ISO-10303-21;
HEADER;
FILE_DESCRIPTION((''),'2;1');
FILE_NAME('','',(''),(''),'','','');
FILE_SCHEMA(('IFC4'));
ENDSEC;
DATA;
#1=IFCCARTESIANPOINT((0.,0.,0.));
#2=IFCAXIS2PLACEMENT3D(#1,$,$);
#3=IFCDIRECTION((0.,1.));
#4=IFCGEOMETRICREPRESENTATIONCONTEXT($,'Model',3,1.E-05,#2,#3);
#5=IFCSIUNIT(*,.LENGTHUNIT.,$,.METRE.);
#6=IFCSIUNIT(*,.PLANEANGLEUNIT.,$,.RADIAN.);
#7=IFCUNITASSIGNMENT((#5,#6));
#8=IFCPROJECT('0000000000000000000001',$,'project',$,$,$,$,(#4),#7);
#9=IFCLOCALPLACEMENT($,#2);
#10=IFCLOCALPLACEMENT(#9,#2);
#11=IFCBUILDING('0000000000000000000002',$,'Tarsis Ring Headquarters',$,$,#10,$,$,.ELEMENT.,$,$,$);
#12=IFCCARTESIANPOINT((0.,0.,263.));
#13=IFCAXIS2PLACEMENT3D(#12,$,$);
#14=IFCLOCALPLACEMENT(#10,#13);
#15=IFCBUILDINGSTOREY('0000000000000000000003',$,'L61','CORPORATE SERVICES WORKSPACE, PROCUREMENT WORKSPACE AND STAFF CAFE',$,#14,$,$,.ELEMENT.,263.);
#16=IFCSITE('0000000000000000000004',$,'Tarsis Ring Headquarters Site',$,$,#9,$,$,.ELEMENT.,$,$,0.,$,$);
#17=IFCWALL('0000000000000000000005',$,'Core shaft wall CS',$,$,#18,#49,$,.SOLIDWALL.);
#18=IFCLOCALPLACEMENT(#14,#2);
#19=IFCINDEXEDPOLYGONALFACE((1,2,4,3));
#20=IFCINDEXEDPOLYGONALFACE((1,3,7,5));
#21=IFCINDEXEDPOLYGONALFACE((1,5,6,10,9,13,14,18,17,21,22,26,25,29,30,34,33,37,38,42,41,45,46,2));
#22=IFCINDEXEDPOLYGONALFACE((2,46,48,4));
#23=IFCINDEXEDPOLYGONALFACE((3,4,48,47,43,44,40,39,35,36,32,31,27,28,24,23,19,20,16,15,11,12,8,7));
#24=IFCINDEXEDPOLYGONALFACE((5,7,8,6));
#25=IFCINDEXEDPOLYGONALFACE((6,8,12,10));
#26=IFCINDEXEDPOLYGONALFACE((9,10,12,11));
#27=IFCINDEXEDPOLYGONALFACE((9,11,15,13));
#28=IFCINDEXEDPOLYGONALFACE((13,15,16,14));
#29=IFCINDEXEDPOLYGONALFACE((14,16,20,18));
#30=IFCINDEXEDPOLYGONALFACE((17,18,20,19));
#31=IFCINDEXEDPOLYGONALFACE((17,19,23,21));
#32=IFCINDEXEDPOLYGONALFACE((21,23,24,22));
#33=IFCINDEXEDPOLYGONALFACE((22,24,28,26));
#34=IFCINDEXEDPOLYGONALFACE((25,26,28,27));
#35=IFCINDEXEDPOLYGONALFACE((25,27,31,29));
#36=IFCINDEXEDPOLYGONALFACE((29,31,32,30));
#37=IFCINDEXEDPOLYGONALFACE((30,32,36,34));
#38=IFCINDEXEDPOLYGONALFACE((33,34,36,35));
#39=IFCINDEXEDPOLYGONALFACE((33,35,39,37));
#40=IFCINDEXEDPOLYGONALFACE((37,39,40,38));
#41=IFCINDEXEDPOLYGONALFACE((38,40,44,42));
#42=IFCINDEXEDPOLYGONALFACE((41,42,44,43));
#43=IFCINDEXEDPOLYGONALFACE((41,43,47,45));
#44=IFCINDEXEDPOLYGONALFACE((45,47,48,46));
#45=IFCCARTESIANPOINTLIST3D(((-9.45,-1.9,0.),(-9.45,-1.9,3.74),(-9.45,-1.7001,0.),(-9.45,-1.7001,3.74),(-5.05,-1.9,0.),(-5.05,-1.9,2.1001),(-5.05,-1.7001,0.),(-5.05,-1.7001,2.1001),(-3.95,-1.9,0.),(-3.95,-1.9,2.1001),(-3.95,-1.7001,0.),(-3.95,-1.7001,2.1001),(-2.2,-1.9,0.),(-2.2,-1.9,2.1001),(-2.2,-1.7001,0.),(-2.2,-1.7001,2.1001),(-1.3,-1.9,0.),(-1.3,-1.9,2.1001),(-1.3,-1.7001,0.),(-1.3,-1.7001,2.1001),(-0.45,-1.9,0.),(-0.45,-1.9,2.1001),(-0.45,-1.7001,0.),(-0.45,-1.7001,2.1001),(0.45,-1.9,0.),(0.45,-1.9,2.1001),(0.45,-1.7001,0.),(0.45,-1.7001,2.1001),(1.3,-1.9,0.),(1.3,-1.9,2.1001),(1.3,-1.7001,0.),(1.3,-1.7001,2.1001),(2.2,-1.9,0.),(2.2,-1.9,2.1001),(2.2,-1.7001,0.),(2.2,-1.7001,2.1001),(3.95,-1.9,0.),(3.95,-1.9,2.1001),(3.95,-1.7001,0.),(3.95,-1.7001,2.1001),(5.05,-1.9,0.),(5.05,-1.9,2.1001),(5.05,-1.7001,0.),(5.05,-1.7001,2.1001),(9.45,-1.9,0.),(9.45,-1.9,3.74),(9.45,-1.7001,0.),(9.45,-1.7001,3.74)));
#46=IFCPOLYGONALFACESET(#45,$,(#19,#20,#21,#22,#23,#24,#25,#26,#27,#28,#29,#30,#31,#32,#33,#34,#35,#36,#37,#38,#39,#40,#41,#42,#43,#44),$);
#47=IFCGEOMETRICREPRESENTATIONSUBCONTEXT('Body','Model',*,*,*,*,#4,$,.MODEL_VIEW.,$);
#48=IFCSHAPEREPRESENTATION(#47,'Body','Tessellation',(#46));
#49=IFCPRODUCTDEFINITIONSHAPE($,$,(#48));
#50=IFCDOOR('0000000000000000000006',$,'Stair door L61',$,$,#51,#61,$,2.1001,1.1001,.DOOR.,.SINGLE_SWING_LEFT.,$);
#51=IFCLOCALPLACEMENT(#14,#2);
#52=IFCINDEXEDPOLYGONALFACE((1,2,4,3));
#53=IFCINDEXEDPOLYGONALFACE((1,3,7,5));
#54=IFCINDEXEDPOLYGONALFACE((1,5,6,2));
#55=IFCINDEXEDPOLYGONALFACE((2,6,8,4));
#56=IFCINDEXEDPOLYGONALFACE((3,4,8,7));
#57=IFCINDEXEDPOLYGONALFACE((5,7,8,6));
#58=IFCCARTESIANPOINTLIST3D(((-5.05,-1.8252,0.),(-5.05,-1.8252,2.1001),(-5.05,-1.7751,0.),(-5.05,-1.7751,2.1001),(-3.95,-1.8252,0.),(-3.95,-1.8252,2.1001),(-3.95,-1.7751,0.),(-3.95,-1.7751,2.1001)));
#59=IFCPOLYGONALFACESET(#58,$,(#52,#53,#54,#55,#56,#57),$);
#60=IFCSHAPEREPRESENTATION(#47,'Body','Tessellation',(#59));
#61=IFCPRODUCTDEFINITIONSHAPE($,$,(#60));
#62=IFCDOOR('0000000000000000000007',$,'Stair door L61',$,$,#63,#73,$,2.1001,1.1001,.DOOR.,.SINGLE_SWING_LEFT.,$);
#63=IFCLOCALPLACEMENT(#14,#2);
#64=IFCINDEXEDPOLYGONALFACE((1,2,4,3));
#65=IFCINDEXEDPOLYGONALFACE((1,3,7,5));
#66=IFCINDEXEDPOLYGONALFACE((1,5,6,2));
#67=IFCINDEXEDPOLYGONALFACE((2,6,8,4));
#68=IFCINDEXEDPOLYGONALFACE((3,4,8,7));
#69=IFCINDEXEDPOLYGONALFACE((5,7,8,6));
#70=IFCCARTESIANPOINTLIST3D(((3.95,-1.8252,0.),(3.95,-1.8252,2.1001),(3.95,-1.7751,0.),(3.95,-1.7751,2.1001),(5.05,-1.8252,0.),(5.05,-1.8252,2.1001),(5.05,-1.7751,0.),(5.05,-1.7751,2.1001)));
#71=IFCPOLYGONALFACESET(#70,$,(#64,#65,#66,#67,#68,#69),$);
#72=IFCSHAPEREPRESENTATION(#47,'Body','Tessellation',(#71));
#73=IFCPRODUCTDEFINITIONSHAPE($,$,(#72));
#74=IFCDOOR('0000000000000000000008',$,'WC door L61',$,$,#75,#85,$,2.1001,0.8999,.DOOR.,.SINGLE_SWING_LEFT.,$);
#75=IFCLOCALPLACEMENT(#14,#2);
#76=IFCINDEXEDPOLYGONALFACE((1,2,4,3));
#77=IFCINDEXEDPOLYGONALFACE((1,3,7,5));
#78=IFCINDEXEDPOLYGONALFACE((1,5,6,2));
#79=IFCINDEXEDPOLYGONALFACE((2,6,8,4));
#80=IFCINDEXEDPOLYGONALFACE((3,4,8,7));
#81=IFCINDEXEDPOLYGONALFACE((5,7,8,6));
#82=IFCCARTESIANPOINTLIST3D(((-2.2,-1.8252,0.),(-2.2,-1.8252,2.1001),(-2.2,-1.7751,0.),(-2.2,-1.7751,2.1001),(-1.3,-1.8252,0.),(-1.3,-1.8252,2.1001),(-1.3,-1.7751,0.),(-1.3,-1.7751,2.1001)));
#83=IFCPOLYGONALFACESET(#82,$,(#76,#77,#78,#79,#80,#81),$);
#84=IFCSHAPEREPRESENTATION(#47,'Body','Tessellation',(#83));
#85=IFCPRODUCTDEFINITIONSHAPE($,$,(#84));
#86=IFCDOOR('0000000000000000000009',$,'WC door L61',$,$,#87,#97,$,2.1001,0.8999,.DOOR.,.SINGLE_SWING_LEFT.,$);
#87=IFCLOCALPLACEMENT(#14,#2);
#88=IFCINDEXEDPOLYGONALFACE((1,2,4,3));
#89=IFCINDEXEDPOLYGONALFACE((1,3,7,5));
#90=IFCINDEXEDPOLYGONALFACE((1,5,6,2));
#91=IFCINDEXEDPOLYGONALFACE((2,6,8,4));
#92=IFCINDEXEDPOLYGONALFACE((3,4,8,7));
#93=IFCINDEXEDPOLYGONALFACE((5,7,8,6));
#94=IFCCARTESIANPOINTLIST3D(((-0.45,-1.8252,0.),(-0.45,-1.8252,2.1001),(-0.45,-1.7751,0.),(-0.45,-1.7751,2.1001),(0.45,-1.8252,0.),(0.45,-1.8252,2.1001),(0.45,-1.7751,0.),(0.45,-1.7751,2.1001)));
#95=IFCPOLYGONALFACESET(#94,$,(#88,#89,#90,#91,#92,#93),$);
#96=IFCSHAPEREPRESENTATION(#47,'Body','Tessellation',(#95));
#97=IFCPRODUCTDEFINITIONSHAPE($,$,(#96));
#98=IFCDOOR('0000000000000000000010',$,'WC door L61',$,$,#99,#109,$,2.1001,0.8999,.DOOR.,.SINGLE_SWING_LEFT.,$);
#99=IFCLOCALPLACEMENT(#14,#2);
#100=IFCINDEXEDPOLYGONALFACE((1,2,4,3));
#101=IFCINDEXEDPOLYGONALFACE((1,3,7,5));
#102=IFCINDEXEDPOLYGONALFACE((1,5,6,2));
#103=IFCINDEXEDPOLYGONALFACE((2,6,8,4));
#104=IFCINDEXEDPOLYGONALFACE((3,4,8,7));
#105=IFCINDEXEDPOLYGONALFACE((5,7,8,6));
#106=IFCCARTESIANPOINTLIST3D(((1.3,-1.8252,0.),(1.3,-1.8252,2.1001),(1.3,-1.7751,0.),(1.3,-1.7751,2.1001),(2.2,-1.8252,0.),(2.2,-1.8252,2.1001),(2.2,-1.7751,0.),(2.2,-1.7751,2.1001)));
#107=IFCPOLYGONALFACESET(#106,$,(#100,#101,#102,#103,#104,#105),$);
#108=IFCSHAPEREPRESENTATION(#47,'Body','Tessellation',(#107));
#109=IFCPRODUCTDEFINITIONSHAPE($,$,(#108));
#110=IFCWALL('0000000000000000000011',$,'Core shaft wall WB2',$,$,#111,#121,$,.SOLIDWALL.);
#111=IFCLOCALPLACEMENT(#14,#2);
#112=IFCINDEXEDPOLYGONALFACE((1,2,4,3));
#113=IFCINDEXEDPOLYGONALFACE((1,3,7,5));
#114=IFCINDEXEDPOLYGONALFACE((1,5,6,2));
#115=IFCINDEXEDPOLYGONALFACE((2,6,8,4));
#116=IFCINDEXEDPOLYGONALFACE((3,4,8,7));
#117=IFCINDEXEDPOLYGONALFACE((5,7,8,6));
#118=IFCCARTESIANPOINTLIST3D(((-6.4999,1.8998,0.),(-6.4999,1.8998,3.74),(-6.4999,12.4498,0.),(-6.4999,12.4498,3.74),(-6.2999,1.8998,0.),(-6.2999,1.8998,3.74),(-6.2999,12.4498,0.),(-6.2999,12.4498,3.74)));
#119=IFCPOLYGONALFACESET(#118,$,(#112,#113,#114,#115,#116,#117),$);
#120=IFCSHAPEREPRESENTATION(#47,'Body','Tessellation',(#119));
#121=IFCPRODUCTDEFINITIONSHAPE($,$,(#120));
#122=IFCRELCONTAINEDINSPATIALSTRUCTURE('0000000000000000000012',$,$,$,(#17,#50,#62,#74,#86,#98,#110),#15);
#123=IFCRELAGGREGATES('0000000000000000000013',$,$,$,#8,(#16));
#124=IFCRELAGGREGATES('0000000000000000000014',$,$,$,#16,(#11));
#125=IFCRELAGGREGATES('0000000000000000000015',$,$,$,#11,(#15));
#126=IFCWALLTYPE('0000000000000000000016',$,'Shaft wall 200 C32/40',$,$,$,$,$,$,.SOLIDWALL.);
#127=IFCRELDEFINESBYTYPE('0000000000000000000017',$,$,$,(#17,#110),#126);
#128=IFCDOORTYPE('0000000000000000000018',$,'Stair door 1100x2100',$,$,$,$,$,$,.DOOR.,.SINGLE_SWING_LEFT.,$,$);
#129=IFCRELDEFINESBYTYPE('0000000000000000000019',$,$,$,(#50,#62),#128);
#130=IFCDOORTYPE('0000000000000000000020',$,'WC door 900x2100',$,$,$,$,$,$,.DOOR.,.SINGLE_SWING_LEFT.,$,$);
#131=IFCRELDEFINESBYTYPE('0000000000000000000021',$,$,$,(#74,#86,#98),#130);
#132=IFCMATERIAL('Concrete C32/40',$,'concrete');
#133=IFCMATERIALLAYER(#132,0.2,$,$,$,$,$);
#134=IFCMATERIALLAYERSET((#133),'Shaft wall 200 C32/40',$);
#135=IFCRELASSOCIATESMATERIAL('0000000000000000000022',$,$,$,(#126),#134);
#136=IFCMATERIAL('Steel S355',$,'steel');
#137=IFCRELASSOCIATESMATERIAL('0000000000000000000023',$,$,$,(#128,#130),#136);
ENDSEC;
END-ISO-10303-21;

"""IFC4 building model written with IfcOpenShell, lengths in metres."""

from ifc_helpers import new_model, si_unit, direction, frame, frame_2d, origin, place, context, subcontext, project, spatial, rectangle, extrude, material, layer, layer_set, type_object, element, fill, save


model = new_model("IFC4")

# Units and contexts
model_context = context("Model", 3, precision=1e-05, world=origin(), true_north=direction((0.0, 1.0)))
body_context = subcontext(model_context, "Body", "Model", "MODEL_VIEW")
ifc_project = project(units=[si_unit("LENGTHUNIT", "METRE"), si_unit("PLANEANGLEUNIT", "RADIAN")], contexts=[model_context])

# Site, building, storey
site_placement = place(None, origin())
site = spatial("IfcSite", under=ifc_project, at=site_placement, Name="Tarsis Ring Headquarters Site", CompositionType="ELEMENT", RefElevation=0.0)
building_placement = place(site_placement, origin())
building = spatial("IfcBuilding", under=site, at=building_placement, Name="Tarsis Ring Headquarters", CompositionType="ELEMENT")
storey_placement = place(building_placement, frame((0.0, 0.0, 263.0)))
storey = spatial("IfcBuildingStorey", under=building, at=storey_placement, Name="L61", Description="CORPORATE SERVICES WORKSPACE, PROCUREMENT WORKSPACE AND STAFF CAFE", CompositionType="ELEMENT", Elevation=263.0)

# Wall, openings, doors
ifc_material_1 = material(Name="Concrete C32/40", Category="concrete")
ifc_layer_1 = layer(ifc_material_1, 0.2)
ifc_layer_set_1 = layer_set([ifc_layer_1], Name="Shaft wall 200 C32/40")
wall_type_1 = type_object("IfcWallType", Name="Shaft wall 200 C32/40", PredefinedType="SOLIDWALL", material=ifc_layer_set_1)
ifc_material_2 = material(Name="Steel S355", Category="steel")
door_type_1 = type_object("IfcDoorType", Name="Stair door 1100x2100", OperationType="SINGLE_SWING_LEFT", PredefinedType="DOOR", material=ifc_material_2)
wall_1_placement = place(storey_placement, frame((-9.45, -1.8, 0.0), z_axis=(0.0, 0.0, 1.0), x_axis=(1.0, 0.0, 0.0)))
wall_1 = element("IfcWall", 1, at=wall_1_placement, inside=storey, type_object=wall_type_1, Name="Core shaft wall CS", PredefinedType="SOLIDWALL", context=body_context, shape_type="SweptSolid", body=[
    extrude(rectangle(XDim=18.8999, YDim=0.2, at=frame_2d((9.45, 0.0))), origin(), (0.0, 0.0, 1.0), 3.74),
])
opening_1_placement = place(wall_1_placement, frame((4.3999, 0.0, 0.0)))
opening_1 = element("IfcOpeningElement", 2, at=opening_1_placement, cuts=wall_1, PredefinedType="OPENING", context=body_context, shape_type="SweptSolid", body=[
    extrude(rectangle(XDim=1.1001, YDim=2.1001, at=frame_2d((0.55, 1.05))), frame((0.0, 0.1099, 0.0), z_axis=(0.0, -1.0, 0.0), x_axis=(1.0, 0.0, 0.0)), (0.0, 0.0, 1.0), 0.22),
])
opening_2_placement = place(wall_1_placement, frame((7.25, 0.0, 0.0)))
opening_2 = element("IfcOpeningElement", 3, at=opening_2_placement, cuts=wall_1, PredefinedType="OPENING", context=body_context, shape_type="SweptSolid", body=[
    extrude(rectangle(XDim=0.8999, YDim=2.1001, at=frame_2d((0.45, 1.05))), frame((0.0, 0.1099, 0.0), z_axis=(0.0, -1.0, 0.0), x_axis=(1.0, 0.0, 0.0)), (0.0, 0.0, 1.0), 0.22),
])
opening_3_placement = place(wall_1_placement, frame((9.0, 0.0, 0.0)))
opening_3 = element("IfcOpeningElement", 4, at=opening_3_placement, cuts=wall_1, PredefinedType="OPENING", context=body_context, shape_type="SweptSolid", body=[
    extrude(rectangle(XDim=0.8999, YDim=2.1001, at=frame_2d((0.45, 1.05))), frame((0.0, 0.1099, 0.0), z_axis=(0.0, -1.0, 0.0), x_axis=(1.0, 0.0, 0.0)), (0.0, 0.0, 1.0), 0.22),
])
opening_4_placement = place(wall_1_placement, frame((10.75, 0.0, 0.0)))
opening_4 = element("IfcOpeningElement", 5, at=opening_4_placement, cuts=wall_1, PredefinedType="OPENING", context=body_context, shape_type="SweptSolid", body=[
    extrude(rectangle(XDim=0.8999, YDim=2.1001, at=frame_2d((0.45, 1.05))), frame((0.0, 0.1099, 0.0), z_axis=(0.0, -1.0, 0.0), x_axis=(1.0, 0.0, 0.0)), (0.0, 0.0, 1.0), 0.22),
])
opening_5_placement = place(wall_1_placement, frame((13.3999, 0.0, 0.0)))
opening_5 = element("IfcOpeningElement", 6, at=opening_5_placement, cuts=wall_1, PredefinedType="OPENING", context=body_context, shape_type="SweptSolid", body=[
    extrude(rectangle(XDim=1.1001, YDim=2.1001, at=frame_2d((0.55, 1.05))), frame((0.0, 0.1099, 0.0), z_axis=(0.0, -1.0, 0.0), x_axis=(1.0, 0.0, 0.0)), (0.0, 0.0, 1.0), 0.22),
])
door_1_placement = place(opening_1_placement, origin())
door_1 = element("IfcDoor", 7, at=door_1_placement, inside=storey, type_object=door_type_1, Name="Stair door L61", OperationType="SINGLE_SWING_LEFT", OverallHeight=2.1001, OverallWidth=1.1001, PredefinedType="DOOR", context=body_context, shape_type="SweptSolid", body=[
    extrude(rectangle(XDim=1.1001, YDim=2.1001, at=frame_2d((0.55, 1.05))), frame((0.0, 0.0249, 0.0), z_axis=(0.0, -1.0, 0.0), x_axis=(1.0, 0.0, 0.0)), (0.0, 0.0, 1.0), 0.05),
])
fill(opening_1, door_1)
door_2_placement = place(opening_5_placement, origin())
door_2 = element("IfcDoor", 8, at=door_2_placement, inside=storey, type_object=door_type_1, Name="Stair door L61", OperationType="SINGLE_SWING_LEFT", OverallHeight=2.1001, OverallWidth=1.1001, PredefinedType="DOOR", context=body_context, shape_type="SweptSolid", body=[
    extrude(rectangle(XDim=1.1001, YDim=2.1001, at=frame_2d((0.55, 1.05))), frame((0.0, 0.0249, 0.0), z_axis=(0.0, -1.0, 0.0), x_axis=(1.0, 0.0, 0.0)), (0.0, 0.0, 1.0), 0.05),
])
fill(opening_5, door_2)
door_type_2 = type_object("IfcDoorType", Name="WC door 900x2100", OperationType="SINGLE_SWING_LEFT", PredefinedType="DOOR", material=ifc_material_2)
door_3_placement = place(opening_2_placement, origin())
door_3 = element("IfcDoor", 9, at=door_3_placement, inside=storey, type_object=door_type_2, Name="WC door L61", OperationType="SINGLE_SWING_LEFT", OverallHeight=2.1001, OverallWidth=0.8999, PredefinedType="DOOR", context=body_context, shape_type="SweptSolid", body=[
    extrude(rectangle(XDim=0.8999, YDim=2.1001, at=frame_2d((0.45, 1.05))), frame((0.0, 0.0249, 0.0), z_axis=(0.0, -1.0, 0.0), x_axis=(1.0, 0.0, 0.0)), (0.0, 0.0, 1.0), 0.05),
])
fill(opening_2, door_3)
door_4_placement = place(opening_3_placement, origin())
door_4 = element("IfcDoor", 10, at=door_4_placement, inside=storey, type_object=door_type_2, Name="WC door L61", OperationType="SINGLE_SWING_LEFT", OverallHeight=2.1001, OverallWidth=0.8999, PredefinedType="DOOR", context=body_context, shape_type="SweptSolid", body=[
    extrude(rectangle(XDim=0.8999, YDim=2.1001, at=frame_2d((0.45, 1.05))), frame((0.0, 0.0249, 0.0), z_axis=(0.0, -1.0, 0.0), x_axis=(1.0, 0.0, 0.0)), (0.0, 0.0, 1.0), 0.05),
])
fill(opening_3, door_4)
door_5_placement = place(opening_4_placement, origin())
door_5 = element("IfcDoor", 11, at=door_5_placement, inside=storey, type_object=door_type_2, Name="WC door L61", OperationType="SINGLE_SWING_LEFT", OverallHeight=2.1001, OverallWidth=0.8999, PredefinedType="DOOR", context=body_context, shape_type="SweptSolid", body=[
    extrude(rectangle(XDim=0.8999, YDim=2.1001, at=frame_2d((0.45, 1.05))), frame((0.0, 0.0249, 0.0), z_axis=(0.0, -1.0, 0.0), x_axis=(1.0, 0.0, 0.0)), (0.0, 0.0, 1.0), 0.05),
])
fill(opening_4, door_5)

# Wall
wall_2_placement = place(storey_placement, frame((-6.3999, 1.8999, 0.0), z_axis=(0.0, 0.0, 1.0), x_axis=(0.0, 1.0, 0.0)))
element("IfcWall", 12, at=wall_2_placement, inside=storey, type_object=wall_type_1, Name="Core shaft wall WB2", PredefinedType="SOLIDWALL", context=body_context, shape_type="SweptSolid", body=[
    extrude(rectangle(XDim=10.55, YDim=0.2, at=frame_2d((5.2749, 0.0))), origin(), (0.0, 0.0, 1.0), 3.74),
])

save(model, "model.ifc")
